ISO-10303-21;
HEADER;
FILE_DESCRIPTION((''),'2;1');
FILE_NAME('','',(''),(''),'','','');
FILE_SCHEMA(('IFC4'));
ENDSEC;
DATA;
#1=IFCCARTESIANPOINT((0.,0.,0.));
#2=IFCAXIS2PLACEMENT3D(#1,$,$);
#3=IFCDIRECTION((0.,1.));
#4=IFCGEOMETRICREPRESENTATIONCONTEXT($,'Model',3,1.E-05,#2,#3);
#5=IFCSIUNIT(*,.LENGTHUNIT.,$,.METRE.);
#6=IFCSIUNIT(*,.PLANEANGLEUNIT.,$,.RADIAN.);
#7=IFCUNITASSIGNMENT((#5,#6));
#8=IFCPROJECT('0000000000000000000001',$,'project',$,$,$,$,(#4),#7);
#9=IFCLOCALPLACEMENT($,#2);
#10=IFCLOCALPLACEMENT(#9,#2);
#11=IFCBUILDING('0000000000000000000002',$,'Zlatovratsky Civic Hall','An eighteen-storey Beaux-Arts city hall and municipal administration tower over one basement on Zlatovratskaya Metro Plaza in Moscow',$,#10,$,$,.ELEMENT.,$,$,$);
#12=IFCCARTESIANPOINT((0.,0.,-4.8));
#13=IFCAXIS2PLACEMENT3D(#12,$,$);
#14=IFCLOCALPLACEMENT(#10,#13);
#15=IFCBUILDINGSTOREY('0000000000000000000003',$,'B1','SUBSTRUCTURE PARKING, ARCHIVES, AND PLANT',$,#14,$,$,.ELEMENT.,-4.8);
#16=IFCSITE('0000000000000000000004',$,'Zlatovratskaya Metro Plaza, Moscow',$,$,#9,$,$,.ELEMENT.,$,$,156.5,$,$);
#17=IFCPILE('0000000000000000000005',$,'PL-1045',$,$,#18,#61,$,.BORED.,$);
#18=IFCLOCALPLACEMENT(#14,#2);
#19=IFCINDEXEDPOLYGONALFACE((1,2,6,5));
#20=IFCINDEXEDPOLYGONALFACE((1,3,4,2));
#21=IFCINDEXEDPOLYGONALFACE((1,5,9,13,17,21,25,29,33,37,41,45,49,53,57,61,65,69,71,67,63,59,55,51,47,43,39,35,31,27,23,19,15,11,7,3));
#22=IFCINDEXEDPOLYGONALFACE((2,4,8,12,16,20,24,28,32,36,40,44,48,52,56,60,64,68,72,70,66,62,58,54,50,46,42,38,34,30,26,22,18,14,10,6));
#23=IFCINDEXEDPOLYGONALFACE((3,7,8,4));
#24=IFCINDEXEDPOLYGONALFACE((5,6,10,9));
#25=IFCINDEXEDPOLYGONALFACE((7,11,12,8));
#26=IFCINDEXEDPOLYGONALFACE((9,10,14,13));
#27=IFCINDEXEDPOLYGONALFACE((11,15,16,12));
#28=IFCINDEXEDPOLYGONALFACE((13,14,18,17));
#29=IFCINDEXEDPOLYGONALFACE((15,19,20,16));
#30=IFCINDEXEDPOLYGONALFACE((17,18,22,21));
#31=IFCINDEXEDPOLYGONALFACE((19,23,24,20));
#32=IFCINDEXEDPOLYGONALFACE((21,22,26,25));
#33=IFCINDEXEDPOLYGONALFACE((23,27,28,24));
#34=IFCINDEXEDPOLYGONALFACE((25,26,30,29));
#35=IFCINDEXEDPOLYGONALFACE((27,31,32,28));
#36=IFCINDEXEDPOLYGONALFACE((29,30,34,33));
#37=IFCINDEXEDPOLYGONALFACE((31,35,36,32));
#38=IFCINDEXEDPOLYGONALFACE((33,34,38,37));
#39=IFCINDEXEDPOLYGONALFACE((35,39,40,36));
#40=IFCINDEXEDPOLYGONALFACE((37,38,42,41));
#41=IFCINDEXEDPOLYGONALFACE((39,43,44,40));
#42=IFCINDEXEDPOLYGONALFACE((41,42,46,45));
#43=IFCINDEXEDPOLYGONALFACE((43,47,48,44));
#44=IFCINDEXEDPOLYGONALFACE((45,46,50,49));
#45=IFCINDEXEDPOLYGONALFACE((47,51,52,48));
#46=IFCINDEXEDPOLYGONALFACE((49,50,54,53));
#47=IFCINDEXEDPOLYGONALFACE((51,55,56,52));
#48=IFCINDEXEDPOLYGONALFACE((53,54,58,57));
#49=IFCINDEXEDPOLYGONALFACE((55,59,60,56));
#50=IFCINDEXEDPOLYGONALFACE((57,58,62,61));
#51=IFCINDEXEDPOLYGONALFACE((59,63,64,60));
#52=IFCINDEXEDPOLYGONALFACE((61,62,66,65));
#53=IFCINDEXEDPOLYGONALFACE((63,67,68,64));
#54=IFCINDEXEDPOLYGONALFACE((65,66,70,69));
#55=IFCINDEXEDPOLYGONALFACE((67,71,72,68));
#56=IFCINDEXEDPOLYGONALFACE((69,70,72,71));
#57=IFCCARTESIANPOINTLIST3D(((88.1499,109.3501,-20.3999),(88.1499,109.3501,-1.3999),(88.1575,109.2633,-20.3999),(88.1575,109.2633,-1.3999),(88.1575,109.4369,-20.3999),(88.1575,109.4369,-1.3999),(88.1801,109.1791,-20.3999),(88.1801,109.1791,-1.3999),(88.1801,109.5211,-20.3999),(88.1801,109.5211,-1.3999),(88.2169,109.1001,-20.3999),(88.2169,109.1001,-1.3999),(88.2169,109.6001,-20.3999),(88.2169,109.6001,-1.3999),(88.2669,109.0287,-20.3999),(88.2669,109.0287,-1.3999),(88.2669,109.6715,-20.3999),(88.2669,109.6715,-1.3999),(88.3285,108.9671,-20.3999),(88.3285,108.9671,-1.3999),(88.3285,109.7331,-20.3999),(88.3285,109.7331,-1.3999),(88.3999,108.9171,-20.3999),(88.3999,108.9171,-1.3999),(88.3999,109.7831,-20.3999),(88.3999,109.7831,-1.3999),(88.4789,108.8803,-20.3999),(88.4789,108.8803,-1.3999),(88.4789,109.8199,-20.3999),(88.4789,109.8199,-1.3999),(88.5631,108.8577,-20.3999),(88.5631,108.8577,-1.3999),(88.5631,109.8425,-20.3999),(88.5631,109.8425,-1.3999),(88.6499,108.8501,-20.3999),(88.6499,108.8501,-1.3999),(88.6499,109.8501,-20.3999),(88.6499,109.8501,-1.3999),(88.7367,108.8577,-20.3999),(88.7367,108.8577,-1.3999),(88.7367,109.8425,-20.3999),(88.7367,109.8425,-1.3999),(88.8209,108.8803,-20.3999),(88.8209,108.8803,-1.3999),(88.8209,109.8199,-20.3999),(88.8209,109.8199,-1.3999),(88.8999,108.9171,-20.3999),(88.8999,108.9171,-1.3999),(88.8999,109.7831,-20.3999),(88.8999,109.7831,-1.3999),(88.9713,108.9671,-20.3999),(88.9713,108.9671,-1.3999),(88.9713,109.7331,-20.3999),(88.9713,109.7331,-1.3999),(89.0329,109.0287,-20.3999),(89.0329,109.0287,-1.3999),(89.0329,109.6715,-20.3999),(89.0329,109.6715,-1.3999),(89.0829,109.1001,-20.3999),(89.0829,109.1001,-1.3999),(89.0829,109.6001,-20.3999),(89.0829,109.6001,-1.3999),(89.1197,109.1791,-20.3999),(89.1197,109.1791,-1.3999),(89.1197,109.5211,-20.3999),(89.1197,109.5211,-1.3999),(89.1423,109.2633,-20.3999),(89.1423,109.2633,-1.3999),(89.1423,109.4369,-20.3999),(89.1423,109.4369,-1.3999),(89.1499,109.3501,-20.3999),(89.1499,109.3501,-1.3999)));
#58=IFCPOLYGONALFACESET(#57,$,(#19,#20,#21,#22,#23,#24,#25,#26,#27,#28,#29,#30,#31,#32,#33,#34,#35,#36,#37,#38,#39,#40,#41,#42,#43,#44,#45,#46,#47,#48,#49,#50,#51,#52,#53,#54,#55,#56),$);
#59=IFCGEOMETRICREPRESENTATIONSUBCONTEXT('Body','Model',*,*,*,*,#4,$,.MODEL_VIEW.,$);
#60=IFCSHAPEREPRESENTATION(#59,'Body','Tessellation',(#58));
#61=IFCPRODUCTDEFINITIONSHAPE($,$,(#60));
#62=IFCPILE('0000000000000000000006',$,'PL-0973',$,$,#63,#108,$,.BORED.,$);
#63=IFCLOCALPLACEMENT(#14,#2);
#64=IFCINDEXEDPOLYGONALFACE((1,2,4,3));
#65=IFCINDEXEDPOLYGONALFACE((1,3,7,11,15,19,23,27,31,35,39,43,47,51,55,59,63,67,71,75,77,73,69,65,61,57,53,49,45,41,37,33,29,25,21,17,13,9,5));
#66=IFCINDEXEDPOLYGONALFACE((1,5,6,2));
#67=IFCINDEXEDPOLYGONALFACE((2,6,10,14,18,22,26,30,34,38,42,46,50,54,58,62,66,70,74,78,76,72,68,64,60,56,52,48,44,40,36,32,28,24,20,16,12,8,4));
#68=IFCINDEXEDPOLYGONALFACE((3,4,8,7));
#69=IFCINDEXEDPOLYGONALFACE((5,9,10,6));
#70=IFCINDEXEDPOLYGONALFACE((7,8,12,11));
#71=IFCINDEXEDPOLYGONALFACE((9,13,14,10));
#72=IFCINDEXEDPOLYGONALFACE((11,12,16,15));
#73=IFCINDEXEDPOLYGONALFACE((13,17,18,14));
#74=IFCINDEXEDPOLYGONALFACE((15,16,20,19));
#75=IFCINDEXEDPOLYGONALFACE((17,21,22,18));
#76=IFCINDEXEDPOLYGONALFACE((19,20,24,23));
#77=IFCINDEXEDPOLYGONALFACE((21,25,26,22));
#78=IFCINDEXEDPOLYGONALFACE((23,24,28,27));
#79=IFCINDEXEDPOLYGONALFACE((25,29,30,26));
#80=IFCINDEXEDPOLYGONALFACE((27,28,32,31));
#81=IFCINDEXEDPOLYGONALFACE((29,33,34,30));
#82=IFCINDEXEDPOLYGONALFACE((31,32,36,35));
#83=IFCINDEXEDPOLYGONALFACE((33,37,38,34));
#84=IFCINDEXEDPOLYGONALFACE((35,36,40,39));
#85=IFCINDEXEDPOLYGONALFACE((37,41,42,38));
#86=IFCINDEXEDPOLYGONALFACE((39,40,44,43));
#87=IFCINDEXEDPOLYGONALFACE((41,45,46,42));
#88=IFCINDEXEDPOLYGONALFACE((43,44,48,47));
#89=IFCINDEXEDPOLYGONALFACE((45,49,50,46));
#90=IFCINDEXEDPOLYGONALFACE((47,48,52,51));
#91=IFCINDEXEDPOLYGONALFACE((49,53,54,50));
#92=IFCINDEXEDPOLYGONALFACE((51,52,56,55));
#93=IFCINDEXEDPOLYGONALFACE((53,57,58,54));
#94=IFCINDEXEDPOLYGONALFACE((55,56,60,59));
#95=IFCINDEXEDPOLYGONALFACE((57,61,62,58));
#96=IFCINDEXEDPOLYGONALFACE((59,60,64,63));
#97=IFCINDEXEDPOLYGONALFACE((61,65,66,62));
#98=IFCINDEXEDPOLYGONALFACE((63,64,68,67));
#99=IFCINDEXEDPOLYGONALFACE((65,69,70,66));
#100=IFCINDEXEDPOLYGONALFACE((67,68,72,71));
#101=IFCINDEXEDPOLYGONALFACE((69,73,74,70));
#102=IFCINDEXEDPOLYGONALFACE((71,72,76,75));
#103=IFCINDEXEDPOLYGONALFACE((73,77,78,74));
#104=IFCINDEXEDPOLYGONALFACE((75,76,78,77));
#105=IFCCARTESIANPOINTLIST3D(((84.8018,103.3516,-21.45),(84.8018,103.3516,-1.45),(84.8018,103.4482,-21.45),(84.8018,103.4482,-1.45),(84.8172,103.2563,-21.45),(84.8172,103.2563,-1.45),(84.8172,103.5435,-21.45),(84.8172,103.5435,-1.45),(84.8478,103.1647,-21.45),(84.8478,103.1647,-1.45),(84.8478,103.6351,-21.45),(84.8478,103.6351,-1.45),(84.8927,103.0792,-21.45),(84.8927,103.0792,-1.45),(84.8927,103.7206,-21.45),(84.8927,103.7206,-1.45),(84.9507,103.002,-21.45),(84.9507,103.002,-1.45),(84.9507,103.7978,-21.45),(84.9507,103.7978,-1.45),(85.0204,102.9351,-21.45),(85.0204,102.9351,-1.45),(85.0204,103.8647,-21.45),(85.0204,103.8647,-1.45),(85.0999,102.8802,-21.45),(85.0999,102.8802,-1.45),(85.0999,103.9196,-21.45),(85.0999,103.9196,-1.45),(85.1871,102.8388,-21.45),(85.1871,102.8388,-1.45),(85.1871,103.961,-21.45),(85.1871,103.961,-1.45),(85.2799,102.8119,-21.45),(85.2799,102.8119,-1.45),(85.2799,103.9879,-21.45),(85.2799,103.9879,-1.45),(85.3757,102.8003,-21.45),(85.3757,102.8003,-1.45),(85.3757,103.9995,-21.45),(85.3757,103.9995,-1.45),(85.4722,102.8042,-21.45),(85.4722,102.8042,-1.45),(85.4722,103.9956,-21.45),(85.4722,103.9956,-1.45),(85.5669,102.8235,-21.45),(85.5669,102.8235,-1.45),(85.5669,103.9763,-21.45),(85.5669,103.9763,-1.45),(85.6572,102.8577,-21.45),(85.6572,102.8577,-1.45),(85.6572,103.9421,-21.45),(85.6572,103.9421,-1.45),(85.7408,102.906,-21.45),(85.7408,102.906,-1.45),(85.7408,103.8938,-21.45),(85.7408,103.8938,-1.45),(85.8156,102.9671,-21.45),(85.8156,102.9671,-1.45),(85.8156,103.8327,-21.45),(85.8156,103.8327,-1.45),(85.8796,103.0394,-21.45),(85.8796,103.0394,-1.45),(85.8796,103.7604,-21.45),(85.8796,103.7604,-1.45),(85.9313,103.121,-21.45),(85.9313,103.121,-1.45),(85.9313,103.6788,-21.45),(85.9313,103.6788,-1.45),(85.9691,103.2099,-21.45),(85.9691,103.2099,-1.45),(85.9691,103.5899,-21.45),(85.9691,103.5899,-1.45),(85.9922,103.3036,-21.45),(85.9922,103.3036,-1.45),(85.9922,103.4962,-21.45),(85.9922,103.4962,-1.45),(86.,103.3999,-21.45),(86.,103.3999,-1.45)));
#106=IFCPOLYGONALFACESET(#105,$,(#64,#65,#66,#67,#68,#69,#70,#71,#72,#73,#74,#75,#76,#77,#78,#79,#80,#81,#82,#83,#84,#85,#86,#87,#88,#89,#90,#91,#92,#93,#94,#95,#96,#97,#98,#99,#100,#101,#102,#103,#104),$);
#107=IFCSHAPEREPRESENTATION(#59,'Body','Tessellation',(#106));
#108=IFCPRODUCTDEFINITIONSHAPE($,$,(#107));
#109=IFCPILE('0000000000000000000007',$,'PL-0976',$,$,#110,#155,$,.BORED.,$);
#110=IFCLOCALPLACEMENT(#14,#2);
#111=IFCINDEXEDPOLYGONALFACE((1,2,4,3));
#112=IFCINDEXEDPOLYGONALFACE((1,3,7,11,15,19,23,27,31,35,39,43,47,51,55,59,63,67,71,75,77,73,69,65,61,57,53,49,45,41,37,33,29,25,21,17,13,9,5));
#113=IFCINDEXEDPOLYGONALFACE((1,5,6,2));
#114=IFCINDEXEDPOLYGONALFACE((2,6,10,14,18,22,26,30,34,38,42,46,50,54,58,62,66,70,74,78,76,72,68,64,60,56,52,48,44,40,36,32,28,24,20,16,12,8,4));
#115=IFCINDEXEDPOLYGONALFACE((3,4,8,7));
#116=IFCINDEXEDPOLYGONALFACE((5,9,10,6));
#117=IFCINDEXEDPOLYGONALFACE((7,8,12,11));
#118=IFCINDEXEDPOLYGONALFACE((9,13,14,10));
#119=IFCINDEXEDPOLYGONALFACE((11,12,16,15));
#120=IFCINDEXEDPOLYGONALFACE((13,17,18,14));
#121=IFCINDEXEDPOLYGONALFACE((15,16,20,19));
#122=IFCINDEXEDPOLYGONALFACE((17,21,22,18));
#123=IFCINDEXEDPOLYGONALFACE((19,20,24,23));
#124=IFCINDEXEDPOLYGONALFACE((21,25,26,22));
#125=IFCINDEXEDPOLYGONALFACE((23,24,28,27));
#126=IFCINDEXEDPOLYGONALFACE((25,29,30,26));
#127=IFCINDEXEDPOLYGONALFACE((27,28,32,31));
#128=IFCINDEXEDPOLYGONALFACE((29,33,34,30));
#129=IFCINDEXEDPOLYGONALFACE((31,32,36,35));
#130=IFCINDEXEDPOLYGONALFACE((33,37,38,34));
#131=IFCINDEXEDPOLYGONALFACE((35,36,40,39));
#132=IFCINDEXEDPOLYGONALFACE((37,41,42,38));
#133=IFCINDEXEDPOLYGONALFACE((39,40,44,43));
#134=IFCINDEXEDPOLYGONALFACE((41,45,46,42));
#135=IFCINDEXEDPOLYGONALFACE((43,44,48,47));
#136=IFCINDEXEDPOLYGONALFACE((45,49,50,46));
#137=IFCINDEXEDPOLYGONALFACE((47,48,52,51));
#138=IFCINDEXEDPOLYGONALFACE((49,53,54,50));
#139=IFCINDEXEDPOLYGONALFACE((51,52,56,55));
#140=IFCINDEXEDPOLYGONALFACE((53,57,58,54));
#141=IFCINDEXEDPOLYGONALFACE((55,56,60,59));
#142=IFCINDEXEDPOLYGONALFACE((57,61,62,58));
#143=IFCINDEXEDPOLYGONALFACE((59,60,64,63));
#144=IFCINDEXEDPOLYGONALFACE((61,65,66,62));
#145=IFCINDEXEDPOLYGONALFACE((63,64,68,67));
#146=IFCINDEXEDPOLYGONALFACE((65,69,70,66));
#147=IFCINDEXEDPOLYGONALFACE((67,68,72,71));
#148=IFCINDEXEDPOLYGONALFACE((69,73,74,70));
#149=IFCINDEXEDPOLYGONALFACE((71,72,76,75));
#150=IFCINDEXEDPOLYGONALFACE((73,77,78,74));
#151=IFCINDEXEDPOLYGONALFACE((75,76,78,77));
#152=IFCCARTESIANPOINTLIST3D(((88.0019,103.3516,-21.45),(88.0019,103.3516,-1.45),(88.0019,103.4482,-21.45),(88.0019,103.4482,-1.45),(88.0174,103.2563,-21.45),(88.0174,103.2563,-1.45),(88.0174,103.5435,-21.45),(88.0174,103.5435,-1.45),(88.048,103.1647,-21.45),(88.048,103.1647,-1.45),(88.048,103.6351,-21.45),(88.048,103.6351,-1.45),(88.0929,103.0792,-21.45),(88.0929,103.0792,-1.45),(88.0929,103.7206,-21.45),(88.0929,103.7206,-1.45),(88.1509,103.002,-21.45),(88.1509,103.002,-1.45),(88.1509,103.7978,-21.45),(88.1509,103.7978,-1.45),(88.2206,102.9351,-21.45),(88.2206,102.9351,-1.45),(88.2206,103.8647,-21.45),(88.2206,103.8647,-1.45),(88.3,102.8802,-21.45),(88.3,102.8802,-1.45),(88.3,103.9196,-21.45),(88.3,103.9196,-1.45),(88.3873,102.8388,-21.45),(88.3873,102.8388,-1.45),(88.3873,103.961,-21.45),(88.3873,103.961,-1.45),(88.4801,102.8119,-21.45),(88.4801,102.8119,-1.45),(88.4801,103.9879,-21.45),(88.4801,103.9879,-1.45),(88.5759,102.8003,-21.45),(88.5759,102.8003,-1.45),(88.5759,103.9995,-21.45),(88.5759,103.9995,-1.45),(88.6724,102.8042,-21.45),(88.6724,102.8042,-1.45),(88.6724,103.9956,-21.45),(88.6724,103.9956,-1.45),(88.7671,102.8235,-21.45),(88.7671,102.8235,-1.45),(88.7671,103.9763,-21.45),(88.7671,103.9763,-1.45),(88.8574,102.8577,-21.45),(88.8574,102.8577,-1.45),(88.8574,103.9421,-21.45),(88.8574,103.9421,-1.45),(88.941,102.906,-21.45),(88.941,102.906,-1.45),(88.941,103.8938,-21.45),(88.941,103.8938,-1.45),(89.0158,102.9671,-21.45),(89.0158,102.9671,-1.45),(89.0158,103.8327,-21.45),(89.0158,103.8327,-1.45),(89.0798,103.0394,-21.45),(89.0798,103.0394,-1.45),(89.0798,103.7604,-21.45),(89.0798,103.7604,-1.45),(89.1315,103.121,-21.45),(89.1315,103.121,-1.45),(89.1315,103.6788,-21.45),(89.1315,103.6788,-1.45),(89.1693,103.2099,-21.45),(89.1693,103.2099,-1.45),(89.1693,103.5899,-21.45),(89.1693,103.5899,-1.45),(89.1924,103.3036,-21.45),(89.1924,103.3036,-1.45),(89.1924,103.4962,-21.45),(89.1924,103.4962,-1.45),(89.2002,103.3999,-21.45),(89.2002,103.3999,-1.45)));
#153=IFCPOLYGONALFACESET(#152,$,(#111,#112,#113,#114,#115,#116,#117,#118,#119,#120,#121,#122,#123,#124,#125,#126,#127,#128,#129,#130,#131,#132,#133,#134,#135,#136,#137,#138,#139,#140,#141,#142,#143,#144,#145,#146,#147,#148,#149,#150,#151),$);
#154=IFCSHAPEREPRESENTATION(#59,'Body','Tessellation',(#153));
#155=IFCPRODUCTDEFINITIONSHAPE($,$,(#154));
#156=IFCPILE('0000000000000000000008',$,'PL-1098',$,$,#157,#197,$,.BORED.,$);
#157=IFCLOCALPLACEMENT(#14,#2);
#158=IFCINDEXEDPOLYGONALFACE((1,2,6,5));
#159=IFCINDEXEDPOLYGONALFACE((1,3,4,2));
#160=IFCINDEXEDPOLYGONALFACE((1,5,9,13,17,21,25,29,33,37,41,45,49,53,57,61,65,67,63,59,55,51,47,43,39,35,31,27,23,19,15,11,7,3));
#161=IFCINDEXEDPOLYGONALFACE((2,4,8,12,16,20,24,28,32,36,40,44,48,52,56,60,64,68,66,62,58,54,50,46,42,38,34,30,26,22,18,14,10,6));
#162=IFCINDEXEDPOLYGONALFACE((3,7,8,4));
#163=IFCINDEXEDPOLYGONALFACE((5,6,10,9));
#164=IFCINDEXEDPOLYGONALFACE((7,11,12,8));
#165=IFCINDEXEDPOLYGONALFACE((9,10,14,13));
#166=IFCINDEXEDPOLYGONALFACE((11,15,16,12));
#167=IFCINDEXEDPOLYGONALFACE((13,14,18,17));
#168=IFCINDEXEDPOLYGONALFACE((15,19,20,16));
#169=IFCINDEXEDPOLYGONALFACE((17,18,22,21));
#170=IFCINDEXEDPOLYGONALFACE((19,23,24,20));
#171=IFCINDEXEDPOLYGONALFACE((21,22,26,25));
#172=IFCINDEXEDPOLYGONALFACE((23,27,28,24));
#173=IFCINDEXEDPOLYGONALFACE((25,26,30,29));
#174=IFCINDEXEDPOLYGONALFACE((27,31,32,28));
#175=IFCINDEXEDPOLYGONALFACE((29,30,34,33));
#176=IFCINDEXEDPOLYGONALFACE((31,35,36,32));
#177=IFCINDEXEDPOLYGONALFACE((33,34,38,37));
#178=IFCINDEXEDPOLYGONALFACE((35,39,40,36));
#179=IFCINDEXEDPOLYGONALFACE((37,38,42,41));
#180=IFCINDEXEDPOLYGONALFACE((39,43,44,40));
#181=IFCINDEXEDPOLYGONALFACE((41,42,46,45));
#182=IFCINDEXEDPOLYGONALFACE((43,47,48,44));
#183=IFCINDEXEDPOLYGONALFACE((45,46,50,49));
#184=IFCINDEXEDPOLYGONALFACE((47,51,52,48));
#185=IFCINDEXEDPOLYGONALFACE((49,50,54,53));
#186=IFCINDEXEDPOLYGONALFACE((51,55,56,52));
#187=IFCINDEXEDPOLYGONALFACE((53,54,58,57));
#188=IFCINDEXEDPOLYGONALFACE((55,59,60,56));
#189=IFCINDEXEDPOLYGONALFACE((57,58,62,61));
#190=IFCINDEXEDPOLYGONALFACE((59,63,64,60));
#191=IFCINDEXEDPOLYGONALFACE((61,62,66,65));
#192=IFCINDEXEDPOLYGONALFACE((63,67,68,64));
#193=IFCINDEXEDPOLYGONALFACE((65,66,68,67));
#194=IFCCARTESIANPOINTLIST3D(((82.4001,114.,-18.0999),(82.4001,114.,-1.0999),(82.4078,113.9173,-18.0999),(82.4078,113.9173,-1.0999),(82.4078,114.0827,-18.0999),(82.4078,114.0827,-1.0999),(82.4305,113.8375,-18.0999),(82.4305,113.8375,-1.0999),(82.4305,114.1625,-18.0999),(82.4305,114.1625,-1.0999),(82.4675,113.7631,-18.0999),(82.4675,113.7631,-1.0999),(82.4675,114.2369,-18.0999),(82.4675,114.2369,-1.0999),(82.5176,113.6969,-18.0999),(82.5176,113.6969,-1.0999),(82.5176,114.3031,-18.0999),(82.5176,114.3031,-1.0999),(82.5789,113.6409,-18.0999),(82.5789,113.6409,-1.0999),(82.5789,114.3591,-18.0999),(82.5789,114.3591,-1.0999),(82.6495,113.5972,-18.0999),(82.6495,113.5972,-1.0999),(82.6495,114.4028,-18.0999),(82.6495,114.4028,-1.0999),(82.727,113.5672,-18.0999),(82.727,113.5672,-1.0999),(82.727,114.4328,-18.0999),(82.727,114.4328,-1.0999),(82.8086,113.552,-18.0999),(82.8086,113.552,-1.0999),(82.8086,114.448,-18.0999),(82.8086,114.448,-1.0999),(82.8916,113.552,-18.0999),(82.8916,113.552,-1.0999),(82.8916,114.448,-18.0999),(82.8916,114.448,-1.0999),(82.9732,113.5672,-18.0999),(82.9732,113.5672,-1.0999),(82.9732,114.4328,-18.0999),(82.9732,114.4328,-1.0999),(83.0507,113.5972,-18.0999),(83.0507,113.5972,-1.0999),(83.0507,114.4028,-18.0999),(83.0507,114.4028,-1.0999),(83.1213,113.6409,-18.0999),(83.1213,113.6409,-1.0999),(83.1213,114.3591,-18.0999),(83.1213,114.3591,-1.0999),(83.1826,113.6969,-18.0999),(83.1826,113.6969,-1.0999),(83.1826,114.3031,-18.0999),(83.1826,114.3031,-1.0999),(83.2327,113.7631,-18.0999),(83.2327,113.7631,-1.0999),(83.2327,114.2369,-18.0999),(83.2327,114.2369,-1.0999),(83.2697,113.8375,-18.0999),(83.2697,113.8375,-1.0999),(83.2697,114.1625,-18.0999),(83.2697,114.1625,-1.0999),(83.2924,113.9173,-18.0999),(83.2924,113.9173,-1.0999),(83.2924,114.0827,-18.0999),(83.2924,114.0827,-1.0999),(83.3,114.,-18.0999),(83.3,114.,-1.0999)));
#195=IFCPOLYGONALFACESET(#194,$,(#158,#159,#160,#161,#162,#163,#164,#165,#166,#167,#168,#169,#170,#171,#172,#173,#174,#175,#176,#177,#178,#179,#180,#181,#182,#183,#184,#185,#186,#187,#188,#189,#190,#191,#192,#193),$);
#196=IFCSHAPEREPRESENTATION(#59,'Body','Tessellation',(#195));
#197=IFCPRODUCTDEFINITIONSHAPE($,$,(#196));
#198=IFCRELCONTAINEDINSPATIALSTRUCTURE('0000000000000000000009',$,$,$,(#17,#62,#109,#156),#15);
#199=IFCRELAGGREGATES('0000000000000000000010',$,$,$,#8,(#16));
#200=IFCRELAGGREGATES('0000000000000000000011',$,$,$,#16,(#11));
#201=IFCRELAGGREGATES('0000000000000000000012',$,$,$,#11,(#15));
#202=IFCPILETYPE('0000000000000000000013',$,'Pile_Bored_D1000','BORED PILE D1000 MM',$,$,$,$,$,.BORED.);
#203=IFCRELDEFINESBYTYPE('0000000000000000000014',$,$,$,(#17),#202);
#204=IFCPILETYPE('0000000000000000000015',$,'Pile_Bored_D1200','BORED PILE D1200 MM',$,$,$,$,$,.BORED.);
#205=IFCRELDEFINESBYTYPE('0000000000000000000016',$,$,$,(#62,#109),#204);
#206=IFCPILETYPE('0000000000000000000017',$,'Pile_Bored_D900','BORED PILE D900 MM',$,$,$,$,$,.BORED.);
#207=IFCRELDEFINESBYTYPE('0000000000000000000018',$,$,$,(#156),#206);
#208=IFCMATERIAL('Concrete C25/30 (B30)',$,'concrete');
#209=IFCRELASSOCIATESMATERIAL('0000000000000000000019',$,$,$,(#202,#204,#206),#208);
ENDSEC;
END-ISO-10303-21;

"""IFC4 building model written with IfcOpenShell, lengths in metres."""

from ifc_helpers import new_model, si_unit, direction, frame, origin, origin_2d, place, context, subcontext, project, spatial, circle, extrude, material, material_profile, profile_set, type_object, element, save


model = new_model("IFC4")

# Units and contexts
model_context = context("Model", 3, precision=1e-05, world=origin(), true_north=direction((0.0, 1.0)))
body_context = subcontext(model_context, "Body", "Model", "MODEL_VIEW")
ifc_project = project(units=[si_unit("LENGTHUNIT", "METRE"), si_unit("PLANEANGLEUNIT", "RADIAN")], contexts=[model_context])

# Site, building, storey
site_placement = place(None, origin())
site = spatial("IfcSite", under=ifc_project, at=site_placement, Name="Zlatovratskaya Metro Plaza, Moscow", CompositionType="ELEMENT", RefElevation=156.5)
building_placement = place(site_placement, origin())
building = spatial("IfcBuilding", under=site, at=building_placement, Name="Zlatovratsky Civic Hall", Description="An eighteen-storey Beaux-Arts city hall and municipal administration tower over one basement on Zlatovratskaya Metro Plaza in Moscow", CompositionType="ELEMENT")
storey_placement = place(building_placement, frame((0.0, 0.0, -4.8)))
storey = spatial("IfcBuildingStorey", under=building, at=storey_placement, Name="B1", Description="SUBSTRUCTURE PARKING, ARCHIVES, AND PLANT", CompositionType="ELEMENT", Elevation=-4.8)

# Shared definitions
ifc_material_1 = material(Name="Concrete C25/30 (B30)", Category="concrete")

# Piles
ifc_material_profile_1 = material_profile(ifc_material_1, circle(Radius=0.5, at=origin_2d()), Name="PILE D1000")
ifc_profile_set_1 = profile_set([ifc_material_profile_1], Name="Concrete C25/30 (B30)")
pile_type_1 = type_object("IfcPileType", Name="Pile_Bored_D1000", Description="BORED PILE D1000 MM", PredefinedType="BORED", material=ifc_profile_set_1)
for number, where, z_axis, x_axis, name in (
    (1, (88.6499, 109.3501, -1.3999), (0.0, 0.0, -1.0), (1.0, 0.0, 0.0), "PL-1045"),
):
    element("IfcPile", number, at=place(storey_placement, frame(where, z_axis=z_axis, x_axis=x_axis)), inside=storey, type_object=pile_type_1, Name=name, PredefinedType="BORED", context=body_context, shape_type="SweptSolid", body=[
        extrude(circle(Radius=0.5, at=origin_2d()), origin(), (0.0, 0.0, 1.0), 19.0),
    ])
ifc_material_profile_2 = material_profile(ifc_material_1, circle(Radius=0.6001, at=origin_2d()), Name="PILE D1200")
ifc_profile_set_2 = profile_set([ifc_material_profile_2], Name="Concrete C25/30 (B30)")
pile_type_2 = type_object("IfcPileType", Name="Pile_Bored_D1200", Description="BORED PILE D1200 MM", PredefinedType="BORED", material=ifc_profile_set_2)
for number, where, z_axis, x_axis, name in (
    (2, (85.3999, 103.3999, -1.45), (0.0, 0.0, -1.0), (1.0, 0.0, 0.0), "PL-0973"),
    (3, (88.6001, 103.3999, -1.45), (0.0, 0.0, -1.0), (1.0, 0.0, 0.0), "PL-0976"),
):
    element("IfcPile", number, at=place(storey_placement, frame(where, z_axis=z_axis, x_axis=x_axis)), inside=storey, type_object=pile_type_2, Name=name, PredefinedType="BORED", context=body_context, shape_type="SweptSolid", body=[
        extrude(circle(Radius=0.6001, at=origin_2d()), origin(), (0.0, 0.0, 1.0), 20.0),
    ])
ifc_material_profile_3 = material_profile(ifc_material_1, circle(Radius=0.45, at=origin_2d()), Name="PILE D900")
ifc_profile_set_3 = profile_set([ifc_material_profile_3], Name="Concrete C25/30 (B30)")
pile_type_3 = type_object("IfcPileType", Name="Pile_Bored_D900", Description="BORED PILE D900 MM", PredefinedType="BORED", material=ifc_profile_set_3)
for number, where, z_axis, x_axis, name in (
    (4, (82.8501, 114.0, -1.0999), (0.0, 0.0, -1.0), (1.0, 0.0, 0.0), "PL-1098"),
):
    element("IfcPile", number, at=place(storey_placement, frame(where, z_axis=z_axis, x_axis=x_axis)), inside=storey, type_object=pile_type_3, Name=name, PredefinedType="BORED", context=body_context, shape_type="SweptSolid", body=[
        extrude(circle(Radius=0.45, at=origin_2d()), origin(), (0.0, 0.0, 1.0), 17.0),
    ])

save(model, "model.ifc")
